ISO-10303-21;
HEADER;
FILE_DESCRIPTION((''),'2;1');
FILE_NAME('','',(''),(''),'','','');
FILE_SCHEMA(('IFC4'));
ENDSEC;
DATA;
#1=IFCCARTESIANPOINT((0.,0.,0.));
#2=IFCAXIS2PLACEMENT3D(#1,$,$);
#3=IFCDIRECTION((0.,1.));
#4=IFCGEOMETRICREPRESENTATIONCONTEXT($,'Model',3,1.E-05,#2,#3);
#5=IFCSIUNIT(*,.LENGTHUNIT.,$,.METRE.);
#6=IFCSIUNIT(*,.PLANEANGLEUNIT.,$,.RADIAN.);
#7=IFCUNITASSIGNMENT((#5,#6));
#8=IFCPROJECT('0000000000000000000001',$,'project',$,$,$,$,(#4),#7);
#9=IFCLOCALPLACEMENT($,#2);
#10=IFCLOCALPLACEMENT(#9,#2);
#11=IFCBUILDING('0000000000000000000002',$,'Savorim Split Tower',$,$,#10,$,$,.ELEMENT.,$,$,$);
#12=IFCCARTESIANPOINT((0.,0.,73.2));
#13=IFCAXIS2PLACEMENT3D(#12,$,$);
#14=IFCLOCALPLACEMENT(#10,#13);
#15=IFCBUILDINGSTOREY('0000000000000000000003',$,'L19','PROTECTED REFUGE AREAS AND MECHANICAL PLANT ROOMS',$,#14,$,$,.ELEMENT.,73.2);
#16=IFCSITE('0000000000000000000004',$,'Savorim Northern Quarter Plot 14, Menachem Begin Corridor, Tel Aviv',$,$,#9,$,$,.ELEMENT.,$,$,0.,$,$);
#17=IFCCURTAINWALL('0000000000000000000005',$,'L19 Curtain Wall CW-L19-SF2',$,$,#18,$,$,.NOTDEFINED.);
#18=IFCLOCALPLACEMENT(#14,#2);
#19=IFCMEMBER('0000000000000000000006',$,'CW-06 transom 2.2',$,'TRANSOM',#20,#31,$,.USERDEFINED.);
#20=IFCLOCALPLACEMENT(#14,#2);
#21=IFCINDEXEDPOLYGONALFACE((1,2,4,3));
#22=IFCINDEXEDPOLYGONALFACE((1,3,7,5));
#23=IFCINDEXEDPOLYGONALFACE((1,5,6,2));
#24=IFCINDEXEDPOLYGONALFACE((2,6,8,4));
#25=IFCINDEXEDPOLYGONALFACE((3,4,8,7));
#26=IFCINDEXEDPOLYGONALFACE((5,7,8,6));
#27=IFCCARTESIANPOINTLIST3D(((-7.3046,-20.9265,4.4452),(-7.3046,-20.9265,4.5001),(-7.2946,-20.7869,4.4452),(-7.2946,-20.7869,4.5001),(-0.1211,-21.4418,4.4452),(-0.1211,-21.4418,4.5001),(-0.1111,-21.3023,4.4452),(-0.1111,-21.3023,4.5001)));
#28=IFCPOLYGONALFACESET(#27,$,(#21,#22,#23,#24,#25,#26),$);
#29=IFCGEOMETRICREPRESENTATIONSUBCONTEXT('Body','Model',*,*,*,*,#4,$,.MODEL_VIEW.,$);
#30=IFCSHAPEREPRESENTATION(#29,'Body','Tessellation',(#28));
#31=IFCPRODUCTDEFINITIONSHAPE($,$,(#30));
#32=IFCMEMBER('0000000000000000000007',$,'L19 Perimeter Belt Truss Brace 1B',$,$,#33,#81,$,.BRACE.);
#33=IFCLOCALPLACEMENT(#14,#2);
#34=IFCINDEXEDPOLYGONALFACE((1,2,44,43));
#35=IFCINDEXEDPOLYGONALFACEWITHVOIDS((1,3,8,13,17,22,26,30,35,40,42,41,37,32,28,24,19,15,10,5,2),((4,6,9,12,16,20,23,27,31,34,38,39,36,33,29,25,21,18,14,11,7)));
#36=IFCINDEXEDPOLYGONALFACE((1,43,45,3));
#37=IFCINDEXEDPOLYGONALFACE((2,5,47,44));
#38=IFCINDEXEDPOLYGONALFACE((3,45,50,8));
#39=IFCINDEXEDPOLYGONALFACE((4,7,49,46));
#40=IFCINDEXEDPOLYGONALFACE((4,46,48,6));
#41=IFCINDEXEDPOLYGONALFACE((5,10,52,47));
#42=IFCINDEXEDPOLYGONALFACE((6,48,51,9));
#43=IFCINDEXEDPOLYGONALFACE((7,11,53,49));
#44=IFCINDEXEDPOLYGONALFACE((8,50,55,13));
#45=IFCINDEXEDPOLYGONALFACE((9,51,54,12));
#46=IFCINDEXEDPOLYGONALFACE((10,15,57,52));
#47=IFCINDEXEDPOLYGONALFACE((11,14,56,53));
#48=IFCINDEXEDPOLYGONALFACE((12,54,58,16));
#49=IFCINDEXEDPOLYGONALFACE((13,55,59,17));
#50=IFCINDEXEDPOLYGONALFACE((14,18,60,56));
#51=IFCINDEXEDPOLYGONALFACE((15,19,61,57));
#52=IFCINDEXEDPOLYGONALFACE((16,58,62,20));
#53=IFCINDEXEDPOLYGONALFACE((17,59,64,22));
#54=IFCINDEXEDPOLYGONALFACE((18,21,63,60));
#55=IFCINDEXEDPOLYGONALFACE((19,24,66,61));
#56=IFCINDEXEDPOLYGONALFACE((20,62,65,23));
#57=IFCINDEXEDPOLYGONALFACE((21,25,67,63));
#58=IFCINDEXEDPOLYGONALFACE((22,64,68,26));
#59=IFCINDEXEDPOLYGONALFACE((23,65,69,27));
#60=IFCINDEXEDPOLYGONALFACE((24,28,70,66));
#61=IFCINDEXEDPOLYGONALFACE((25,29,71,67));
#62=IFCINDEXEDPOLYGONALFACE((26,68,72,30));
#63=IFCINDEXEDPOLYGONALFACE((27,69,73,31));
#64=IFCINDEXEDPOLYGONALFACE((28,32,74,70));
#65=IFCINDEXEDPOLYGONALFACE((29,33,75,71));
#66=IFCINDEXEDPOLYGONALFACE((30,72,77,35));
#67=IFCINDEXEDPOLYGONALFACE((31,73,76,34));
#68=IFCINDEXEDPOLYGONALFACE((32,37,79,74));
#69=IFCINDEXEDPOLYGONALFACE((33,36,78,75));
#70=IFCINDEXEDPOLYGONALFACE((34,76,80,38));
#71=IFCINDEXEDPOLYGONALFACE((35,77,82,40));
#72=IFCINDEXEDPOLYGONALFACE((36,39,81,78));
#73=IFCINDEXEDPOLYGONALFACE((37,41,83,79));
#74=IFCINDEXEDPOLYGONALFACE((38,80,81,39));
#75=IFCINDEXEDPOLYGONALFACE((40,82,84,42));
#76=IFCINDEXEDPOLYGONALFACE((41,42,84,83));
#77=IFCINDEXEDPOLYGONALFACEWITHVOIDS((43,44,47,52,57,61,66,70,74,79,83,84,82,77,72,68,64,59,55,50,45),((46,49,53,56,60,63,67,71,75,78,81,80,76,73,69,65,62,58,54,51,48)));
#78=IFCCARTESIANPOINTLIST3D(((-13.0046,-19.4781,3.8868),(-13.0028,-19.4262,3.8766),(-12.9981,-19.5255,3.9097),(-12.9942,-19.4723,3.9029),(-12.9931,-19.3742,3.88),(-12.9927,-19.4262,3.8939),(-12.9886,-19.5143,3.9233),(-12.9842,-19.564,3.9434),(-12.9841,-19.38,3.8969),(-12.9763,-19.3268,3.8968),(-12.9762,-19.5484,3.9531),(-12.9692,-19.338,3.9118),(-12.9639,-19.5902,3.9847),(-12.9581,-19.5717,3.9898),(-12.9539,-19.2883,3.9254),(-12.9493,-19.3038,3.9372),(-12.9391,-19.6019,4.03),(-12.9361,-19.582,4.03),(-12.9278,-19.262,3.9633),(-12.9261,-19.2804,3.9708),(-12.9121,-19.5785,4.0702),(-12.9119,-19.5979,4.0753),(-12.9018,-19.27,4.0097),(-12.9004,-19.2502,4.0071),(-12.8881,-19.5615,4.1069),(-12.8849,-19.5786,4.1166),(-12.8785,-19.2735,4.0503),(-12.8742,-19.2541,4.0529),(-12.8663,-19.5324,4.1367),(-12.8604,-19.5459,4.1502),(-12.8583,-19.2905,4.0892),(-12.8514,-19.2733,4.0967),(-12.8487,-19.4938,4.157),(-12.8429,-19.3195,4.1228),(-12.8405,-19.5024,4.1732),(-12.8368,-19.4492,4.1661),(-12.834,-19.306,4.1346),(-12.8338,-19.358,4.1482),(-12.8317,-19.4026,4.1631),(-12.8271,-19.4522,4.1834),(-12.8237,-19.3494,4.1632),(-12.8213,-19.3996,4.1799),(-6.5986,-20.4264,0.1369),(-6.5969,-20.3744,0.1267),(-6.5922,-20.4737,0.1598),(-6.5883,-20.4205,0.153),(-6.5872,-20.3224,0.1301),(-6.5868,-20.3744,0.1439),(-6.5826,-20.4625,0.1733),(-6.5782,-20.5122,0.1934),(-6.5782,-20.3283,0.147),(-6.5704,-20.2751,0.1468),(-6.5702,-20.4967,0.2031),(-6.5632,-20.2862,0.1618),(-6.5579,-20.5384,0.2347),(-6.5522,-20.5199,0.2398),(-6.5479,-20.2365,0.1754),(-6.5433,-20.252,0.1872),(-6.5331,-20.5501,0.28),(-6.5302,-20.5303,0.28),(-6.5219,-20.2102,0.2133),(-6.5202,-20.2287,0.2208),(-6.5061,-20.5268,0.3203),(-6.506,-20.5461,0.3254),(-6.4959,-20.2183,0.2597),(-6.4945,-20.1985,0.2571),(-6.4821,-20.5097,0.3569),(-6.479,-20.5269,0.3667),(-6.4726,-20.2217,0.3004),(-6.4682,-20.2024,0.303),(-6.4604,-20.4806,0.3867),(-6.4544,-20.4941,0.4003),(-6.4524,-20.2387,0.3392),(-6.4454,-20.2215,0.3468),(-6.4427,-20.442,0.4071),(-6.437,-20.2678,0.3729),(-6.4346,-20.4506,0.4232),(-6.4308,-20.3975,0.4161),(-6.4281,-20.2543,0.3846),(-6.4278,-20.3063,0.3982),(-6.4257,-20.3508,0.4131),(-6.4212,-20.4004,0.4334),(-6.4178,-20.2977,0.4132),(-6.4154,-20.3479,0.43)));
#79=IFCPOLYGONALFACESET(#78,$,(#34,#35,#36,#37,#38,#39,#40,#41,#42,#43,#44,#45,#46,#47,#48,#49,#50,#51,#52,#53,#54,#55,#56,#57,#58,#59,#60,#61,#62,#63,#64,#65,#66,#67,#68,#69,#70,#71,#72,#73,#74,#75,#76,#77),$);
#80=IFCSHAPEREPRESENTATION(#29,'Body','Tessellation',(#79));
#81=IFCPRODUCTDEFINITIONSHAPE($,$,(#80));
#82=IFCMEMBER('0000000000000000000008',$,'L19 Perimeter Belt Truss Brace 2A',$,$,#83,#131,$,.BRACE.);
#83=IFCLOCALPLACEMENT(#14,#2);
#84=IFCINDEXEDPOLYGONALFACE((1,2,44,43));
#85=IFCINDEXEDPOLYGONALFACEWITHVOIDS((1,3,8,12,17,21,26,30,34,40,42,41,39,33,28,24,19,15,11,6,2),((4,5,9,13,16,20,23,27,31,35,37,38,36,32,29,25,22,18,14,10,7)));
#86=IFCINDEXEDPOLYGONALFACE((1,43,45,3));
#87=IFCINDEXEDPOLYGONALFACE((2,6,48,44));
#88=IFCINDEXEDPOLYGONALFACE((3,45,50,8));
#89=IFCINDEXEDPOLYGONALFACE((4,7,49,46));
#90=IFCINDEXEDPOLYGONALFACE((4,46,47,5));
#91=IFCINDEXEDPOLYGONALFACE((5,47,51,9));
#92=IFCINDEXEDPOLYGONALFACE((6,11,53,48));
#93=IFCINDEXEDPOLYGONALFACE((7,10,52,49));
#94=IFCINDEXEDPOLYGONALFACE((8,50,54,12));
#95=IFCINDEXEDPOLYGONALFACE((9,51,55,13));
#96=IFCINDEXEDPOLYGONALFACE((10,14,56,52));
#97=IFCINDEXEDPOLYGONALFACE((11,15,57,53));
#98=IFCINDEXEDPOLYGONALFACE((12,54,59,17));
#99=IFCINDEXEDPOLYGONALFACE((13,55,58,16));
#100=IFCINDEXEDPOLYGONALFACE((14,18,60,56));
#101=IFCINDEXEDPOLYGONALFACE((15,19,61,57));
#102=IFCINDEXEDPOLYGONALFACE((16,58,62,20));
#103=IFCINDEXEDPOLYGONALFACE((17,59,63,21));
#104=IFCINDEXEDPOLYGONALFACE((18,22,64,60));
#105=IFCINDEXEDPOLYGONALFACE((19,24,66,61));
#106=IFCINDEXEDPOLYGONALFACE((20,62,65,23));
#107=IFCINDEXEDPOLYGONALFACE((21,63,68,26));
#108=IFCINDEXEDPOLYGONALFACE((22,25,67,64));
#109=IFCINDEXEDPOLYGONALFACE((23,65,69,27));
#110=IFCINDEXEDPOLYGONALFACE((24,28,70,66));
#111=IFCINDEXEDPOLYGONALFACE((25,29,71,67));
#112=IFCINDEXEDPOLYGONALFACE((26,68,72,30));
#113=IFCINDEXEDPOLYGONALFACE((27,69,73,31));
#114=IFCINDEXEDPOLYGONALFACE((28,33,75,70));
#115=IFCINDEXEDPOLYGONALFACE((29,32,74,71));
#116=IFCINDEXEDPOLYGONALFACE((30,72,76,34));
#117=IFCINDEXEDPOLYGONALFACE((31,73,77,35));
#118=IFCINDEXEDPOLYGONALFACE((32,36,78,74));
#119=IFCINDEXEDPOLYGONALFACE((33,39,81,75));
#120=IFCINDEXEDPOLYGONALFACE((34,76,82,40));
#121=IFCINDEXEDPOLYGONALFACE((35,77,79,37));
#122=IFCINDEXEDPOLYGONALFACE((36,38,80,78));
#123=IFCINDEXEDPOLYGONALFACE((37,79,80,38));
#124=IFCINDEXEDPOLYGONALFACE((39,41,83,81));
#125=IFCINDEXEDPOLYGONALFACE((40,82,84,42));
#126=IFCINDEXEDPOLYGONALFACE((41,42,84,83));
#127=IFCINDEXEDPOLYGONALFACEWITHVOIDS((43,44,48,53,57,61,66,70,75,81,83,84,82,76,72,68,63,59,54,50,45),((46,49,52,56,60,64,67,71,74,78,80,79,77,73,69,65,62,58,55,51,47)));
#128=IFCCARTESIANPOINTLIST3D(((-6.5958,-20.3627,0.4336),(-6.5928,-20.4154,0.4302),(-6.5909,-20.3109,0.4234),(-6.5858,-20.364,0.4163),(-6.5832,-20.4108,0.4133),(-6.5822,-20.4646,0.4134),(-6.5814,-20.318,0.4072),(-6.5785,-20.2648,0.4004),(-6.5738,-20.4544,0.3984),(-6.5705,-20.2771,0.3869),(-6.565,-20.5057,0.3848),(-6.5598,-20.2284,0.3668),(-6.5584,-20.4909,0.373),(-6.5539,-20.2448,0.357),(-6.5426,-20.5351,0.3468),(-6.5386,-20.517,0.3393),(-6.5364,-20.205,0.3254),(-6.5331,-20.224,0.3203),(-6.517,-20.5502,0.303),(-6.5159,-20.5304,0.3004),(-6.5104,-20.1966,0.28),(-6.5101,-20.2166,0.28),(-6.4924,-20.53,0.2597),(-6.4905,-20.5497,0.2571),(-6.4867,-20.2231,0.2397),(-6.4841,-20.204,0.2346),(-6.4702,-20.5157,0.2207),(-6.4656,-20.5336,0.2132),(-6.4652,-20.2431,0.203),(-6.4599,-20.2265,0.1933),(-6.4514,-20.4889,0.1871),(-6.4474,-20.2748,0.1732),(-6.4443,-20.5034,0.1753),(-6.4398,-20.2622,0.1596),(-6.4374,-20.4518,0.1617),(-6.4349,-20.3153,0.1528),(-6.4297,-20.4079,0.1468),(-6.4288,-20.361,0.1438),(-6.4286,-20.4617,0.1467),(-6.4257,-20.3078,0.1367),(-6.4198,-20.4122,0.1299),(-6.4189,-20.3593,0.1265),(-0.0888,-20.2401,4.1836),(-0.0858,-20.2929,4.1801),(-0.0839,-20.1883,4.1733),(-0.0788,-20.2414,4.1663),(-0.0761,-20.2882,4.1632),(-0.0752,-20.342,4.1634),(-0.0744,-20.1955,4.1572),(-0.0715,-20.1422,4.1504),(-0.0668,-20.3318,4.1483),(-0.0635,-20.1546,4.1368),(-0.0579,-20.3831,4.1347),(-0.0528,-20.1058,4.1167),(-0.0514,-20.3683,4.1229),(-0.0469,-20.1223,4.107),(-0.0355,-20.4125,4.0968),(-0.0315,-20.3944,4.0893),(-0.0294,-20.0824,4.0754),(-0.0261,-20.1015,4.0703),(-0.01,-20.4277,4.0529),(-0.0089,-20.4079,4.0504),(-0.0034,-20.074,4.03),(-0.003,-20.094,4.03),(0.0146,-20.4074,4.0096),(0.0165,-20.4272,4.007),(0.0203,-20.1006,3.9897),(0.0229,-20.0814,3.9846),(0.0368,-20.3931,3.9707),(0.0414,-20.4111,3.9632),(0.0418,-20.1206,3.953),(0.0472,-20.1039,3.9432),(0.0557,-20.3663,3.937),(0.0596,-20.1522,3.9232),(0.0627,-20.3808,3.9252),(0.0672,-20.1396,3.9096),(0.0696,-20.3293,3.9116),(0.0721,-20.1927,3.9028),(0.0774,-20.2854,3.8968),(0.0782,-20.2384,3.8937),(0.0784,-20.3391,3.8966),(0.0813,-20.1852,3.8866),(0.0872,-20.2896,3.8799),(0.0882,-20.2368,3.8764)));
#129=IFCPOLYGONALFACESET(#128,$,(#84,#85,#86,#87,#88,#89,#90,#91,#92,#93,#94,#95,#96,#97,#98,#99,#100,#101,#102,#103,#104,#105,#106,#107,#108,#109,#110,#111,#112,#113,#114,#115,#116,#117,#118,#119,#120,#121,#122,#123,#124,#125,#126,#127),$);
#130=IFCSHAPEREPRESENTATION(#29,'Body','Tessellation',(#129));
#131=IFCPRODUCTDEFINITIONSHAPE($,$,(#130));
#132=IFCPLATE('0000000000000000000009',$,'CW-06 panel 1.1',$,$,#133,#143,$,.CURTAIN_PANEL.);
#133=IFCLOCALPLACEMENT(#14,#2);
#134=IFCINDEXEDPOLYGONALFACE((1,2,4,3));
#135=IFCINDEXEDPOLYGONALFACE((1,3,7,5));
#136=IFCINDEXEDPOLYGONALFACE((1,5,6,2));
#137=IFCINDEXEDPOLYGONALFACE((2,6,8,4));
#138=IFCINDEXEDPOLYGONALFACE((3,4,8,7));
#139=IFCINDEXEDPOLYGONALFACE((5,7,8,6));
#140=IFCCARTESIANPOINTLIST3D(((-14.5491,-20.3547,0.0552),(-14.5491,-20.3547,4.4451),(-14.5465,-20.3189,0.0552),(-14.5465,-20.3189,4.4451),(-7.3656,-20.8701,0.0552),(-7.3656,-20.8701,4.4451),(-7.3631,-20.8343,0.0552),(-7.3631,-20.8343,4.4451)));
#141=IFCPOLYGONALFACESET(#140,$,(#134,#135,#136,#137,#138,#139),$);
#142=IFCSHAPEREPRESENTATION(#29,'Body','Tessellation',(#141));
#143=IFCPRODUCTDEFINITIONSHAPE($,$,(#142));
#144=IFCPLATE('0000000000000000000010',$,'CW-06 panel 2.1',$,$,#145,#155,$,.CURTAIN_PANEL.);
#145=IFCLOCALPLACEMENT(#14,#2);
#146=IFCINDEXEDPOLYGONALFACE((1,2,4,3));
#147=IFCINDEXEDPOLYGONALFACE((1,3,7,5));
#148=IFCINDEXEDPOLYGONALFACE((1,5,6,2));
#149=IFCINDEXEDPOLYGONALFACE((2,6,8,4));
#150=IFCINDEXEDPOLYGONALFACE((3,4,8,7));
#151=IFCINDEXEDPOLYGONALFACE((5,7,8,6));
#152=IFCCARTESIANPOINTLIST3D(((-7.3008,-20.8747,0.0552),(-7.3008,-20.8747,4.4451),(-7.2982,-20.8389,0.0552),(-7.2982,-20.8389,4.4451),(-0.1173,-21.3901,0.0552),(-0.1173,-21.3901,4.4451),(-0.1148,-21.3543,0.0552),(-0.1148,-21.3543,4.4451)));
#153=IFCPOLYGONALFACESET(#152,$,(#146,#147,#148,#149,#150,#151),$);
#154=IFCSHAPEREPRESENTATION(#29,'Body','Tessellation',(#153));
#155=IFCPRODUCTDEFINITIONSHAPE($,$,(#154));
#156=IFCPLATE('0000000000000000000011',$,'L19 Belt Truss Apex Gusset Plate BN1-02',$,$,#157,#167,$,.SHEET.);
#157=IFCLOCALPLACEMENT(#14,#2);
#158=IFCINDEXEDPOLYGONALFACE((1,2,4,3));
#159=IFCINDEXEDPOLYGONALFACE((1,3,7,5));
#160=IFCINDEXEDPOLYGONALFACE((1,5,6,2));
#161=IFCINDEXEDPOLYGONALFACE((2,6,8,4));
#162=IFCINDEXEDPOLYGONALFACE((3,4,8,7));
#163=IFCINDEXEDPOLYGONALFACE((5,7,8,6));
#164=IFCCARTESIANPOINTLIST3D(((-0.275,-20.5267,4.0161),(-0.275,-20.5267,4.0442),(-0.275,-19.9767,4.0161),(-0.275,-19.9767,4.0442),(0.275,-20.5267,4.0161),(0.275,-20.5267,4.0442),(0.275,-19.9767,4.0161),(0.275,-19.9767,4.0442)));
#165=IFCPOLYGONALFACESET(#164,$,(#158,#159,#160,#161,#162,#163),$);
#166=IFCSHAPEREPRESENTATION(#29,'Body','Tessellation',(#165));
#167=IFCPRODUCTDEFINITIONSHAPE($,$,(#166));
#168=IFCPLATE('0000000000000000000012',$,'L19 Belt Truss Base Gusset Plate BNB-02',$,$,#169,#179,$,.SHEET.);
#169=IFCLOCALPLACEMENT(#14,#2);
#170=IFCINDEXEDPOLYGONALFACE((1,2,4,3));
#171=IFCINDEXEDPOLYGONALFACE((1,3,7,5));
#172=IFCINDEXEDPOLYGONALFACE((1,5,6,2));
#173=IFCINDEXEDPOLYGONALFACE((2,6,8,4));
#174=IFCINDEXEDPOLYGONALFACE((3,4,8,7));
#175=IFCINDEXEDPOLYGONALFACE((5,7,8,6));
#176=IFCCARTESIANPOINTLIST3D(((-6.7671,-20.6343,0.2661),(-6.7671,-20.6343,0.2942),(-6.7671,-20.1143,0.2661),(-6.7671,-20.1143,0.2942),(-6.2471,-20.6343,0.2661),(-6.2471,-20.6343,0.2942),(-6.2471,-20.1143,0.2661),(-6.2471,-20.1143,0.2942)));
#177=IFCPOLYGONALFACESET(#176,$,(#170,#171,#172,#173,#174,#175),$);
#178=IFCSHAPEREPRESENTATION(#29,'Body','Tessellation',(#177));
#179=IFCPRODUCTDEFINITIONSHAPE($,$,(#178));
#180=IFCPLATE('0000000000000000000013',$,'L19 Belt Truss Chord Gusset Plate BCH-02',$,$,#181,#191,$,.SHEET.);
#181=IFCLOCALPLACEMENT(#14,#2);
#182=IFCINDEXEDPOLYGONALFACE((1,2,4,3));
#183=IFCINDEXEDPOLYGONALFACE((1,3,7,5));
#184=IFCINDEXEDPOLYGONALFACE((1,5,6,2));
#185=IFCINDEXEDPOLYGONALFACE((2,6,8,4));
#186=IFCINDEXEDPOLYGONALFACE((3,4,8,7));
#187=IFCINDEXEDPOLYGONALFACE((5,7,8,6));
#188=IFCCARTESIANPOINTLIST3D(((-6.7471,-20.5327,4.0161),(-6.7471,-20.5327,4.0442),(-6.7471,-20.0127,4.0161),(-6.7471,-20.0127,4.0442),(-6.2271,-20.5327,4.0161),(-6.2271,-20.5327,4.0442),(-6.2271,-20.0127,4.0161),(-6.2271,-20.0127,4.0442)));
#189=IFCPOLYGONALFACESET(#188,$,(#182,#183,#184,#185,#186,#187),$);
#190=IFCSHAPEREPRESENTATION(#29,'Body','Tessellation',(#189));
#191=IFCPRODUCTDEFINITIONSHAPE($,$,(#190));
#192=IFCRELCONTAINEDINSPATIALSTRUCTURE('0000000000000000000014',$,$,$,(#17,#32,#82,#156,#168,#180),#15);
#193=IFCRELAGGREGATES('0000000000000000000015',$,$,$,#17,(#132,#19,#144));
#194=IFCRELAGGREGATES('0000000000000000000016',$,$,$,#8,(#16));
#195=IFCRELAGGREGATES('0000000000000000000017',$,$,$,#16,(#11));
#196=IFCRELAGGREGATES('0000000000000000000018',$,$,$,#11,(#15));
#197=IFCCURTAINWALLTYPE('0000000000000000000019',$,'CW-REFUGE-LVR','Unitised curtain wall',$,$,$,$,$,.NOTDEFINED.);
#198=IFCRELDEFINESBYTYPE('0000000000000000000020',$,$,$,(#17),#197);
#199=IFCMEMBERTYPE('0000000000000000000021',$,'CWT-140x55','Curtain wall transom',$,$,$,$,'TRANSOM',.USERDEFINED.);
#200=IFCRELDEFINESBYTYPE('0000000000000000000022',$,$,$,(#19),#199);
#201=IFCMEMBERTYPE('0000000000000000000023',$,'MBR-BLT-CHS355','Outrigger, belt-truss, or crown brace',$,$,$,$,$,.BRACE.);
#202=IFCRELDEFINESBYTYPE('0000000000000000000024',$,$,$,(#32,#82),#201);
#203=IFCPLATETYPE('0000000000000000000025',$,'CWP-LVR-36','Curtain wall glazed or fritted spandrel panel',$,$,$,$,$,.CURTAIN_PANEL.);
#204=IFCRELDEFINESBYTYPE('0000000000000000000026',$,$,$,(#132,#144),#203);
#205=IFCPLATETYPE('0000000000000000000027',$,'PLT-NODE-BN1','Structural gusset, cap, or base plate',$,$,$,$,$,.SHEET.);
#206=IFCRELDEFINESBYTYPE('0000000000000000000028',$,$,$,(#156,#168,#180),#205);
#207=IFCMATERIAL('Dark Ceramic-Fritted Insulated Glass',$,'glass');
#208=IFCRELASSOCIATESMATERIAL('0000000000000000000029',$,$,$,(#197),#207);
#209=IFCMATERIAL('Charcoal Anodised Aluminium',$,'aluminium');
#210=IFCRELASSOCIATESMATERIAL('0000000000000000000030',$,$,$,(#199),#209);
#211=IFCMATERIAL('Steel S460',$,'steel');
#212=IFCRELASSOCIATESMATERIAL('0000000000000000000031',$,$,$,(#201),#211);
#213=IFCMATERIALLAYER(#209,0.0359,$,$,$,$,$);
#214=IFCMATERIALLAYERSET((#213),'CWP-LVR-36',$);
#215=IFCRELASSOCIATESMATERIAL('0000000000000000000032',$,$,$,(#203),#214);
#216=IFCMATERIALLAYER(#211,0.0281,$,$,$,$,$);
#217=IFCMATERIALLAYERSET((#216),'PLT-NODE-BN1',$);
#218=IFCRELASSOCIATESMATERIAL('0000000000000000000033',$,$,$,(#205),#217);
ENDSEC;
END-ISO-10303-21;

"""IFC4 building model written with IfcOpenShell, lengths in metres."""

from ifc_helpers import new_model, si_unit, direction, frame, origin, origin_2d, place, context, subcontext, project, spatial, rectangle, hollow_circle, extrude, material, layer, layer_set, material_profile, profile_set, type_object, element, aggregate, save


model = new_model("IFC4")

# Units and contexts
model_context = context("Model", 3, precision=1e-05, world=origin(), true_north=direction((0.0, 1.0)))
body_context = subcontext(model_context, "Body", "Model", "MODEL_VIEW")
ifc_project = project(units=[si_unit("LENGTHUNIT", "METRE"), si_unit("PLANEANGLEUNIT", "RADIAN")], contexts=[model_context])

# Site, building, storey
site_placement = place(None, origin())
site = spatial("IfcSite", under=ifc_project, at=site_placement, Name="Savorim Northern Quarter Plot 14, Menachem Begin Corridor, Tel Aviv", CompositionType="ELEMENT", RefElevation=0.0)
building_placement = place(site_placement, origin())
building = spatial("IfcBuilding", under=site, at=building_placement, Name="Savorim Split Tower", CompositionType="ELEMENT")
storey_placement = place(building_placement, frame((0.0, 0.0, 73.2)))
storey = spatial("IfcBuildingStorey", under=building, at=storey_placement, Name="L19", Description="PROTECTED REFUGE AREAS AND MECHANICAL PLANT ROOMS", CompositionType="ELEMENT", Elevation=73.2)

# Shared definitions
ifc_material_1 = material(Name="Steel S460", Category="steel")

# Curtain wall, member
ifc_material_2 = material(Name="Dark Ceramic-Fritted Insulated Glass", Category="glass")
curtain_wall_type = type_object("IfcCurtainWallType", Name="CW-REFUGE-LVR", Description="Unitised curtain wall", PredefinedType="NOTDEFINED", material=ifc_material_2)
curtain_wall_placement = place(storey_placement, origin())
curtain_wall = element("IfcCurtainWall", 1, at=curtain_wall_placement, inside=storey, type_object=curtain_wall_type, Name="L19 Curtain Wall CW-L19-SF2", PredefinedType="NOTDEFINED")
ifc_material_3 = material(Name="Charcoal Anodised Aluminium", Category="aluminium")
ifc_material_profile_1 = material_profile(ifc_material_3, rectangle(XDim=0.1399, YDim=0.0549, at=origin_2d()), Name="ALU-T 140x55")
ifc_profile_set_1 = profile_set([ifc_material_profile_1], Name="Charcoal Anodised Aluminium")
member_type_1 = type_object("IfcMemberType", Name="CWT-140x55", Description="Curtain wall transom", ElementType="TRANSOM", PredefinedType="USERDEFINED", material=ifc_profile_set_1)
member_1_placement = place(storey_placement, frame((-7.2996, -20.8567, 4.4727), z_axis=(0.997436, -0.071563, 0.0), x_axis=(0.071563, 0.997436, 0.0)))
member_1 = element("IfcMember", 2, at=member_1_placement, type_object=member_type_1, Name="CW-06 transom 2.2", ObjectType="TRANSOM", PredefinedType="USERDEFINED", context=body_context, shape_type="SweptSolid", body=[
    extrude(rectangle(XDim=0.1399, YDim=0.0549, at=origin_2d()), origin(), (0.0, 0.0, 1.0), 7.2019),
])

# Members
ifc_material_profile_2 = material_profile(ifc_material_1, hollow_circle(Radius=0.1777, WallThickness=0.02, at=origin_2d()), Name="CHS 355.6x20")
ifc_profile_set_2 = profile_set([ifc_material_profile_2], Name="Steel S460")
member_type_2 = type_object("IfcMemberType", Name="MBR-BLT-CHS355", Description="Outrigger, belt-truss, or crown brace", PredefinedType="BRACE", material=ifc_profile_set_2)
member_2_placement = place(storey_placement, frame((-6.5071, -20.3743, 0.28), z_axis=(-0.856049, 0.126716, 0.501121), x_axis=(-0.146428, -0.989221, 0.0)))
element("IfcMember", 3, at=member_2_placement, inside=storey, type_object=member_type_2, Name="L19 Perimeter Belt Truss Brace 1B", PredefinedType="BRACE", context=body_context, shape_type="SweptSolid", body=[
    extrude(hollow_circle(Radius=0.1777, WallThickness=0.02, at=origin_2d()), origin(), (0.0, 0.0, 1.0), 7.4832),
])
member_3_placement = place(storey_placement, frame((-6.5071, -20.3743, 0.28), z_axis=(0.866306, 0.016317, 0.499248), x_axis=(-0.018831, 0.999823, 0.0)))
element("IfcMember", 4, at=member_3_placement, inside=storey, type_object=member_type_2, Name="L19 Perimeter Belt Truss Brace 2A", PredefinedType="BRACE", context=body_context, shape_type="SweptSolid", body=[
    extrude(hollow_circle(Radius=0.1777, WallThickness=0.02, at=origin_2d()), origin(), (0.0, 0.0, 1.0), 7.5112),
])

# Plates
ifc_layer_1 = layer(ifc_material_3, 0.0359)
ifc_layer_set_1 = layer_set([ifc_layer_1], Name="CWP-LVR-36")
plate_type_1 = type_object("IfcPlateType", Name="CWP-LVR-36", Description="Curtain wall glazed or fritted spandrel panel", PredefinedType="CURTAIN_PANEL", material=ifc_layer_set_1)
plate_1_placement = place(storey_placement, frame((-10.9561, -20.5945, 0.0552), z_axis=(0.0, 0.0, 1.0), x_axis=(0.997436, -0.071561, 0.0)))
plate_1 = element("IfcPlate", 5, at=plate_1_placement, type_object=plate_type_1, Name="CW-06 panel 1.1", PredefinedType="CURTAIN_PANEL", context=body_context, shape_type="SweptSolid", body=[
    extrude(rectangle(XDim=7.2019, YDim=0.0359, at=origin_2d()), origin(), (0.0, 0.0, 1.0), 4.3899),
])
plate_2_placement = place(storey_placement, frame((-3.7078, -21.1145, 0.0552), z_axis=(0.0, 0.0, 1.0), x_axis=(0.997436, -0.071561, 0.0)))
plate_2 = element("IfcPlate", 6, at=plate_2_placement, type_object=plate_type_1, Name="CW-06 panel 2.1", PredefinedType="CURTAIN_PANEL", context=body_context, shape_type="SweptSolid", body=[
    extrude(rectangle(XDim=7.2019, YDim=0.0359, at=origin_2d()), origin(), (0.0, 0.0, 1.0), 4.3899),
])
aggregate(curtain_wall, [plate_1, member_1, plate_2])

# Plates
ifc_layer_2 = layer(ifc_material_1, 0.0281)
ifc_layer_set_2 = layer_set([ifc_layer_2], Name="PLT-NODE-BN1")
plate_type_2 = type_object("IfcPlateType", Name="PLT-NODE-BN1", Description="Structural gusset, cap, or base plate", PredefinedType="SHEET", material=ifc_layer_set_2)
plate_3_placement = place(storey_placement, frame((0.0, -20.2517, 4.0161), z_axis=(0.0, 0.0, 1.0), x_axis=(1.0, 0.0, 0.0)))
element("IfcPlate", 7, at=plate_3_placement, inside=storey, type_object=plate_type_2, Name="L19 Belt Truss Apex Gusset Plate BN1-02", PredefinedType="SHEET", context=body_context, shape_type="SweptSolid", body=[
    extrude(rectangle(XDim=0.55, YDim=0.55, at=origin_2d()), origin(), (0.0, 0.0, 1.0), 0.0281),
])
for number, where, z_axis, x_axis, name in (
    (8, (-6.5071, -20.3743, 0.2661), (0.0, 0.0, 1.0), (1.0, 0.0, 0.0), "L19 Belt Truss Base Gusset Plate BNB-02"),
    (9, (-6.4871, -20.2727, 4.0161), (0.0, 0.0, 1.0), (1.0, 0.0, 0.0), "L19 Belt Truss Chord Gusset Plate BCH-02"),
):
    element("IfcPlate", number, at=place(storey_placement, frame(where, z_axis=z_axis, x_axis=x_axis)), inside=storey, type_object=plate_type_2, Name=name, PredefinedType="SHEET", context=body_context, shape_type="SweptSolid", body=[
        extrude(rectangle(XDim=0.52, YDim=0.52, at=origin_2d()), origin(), (0.0, 0.0, 1.0), 0.0281),
    ])

save(model, "model.ifc")
